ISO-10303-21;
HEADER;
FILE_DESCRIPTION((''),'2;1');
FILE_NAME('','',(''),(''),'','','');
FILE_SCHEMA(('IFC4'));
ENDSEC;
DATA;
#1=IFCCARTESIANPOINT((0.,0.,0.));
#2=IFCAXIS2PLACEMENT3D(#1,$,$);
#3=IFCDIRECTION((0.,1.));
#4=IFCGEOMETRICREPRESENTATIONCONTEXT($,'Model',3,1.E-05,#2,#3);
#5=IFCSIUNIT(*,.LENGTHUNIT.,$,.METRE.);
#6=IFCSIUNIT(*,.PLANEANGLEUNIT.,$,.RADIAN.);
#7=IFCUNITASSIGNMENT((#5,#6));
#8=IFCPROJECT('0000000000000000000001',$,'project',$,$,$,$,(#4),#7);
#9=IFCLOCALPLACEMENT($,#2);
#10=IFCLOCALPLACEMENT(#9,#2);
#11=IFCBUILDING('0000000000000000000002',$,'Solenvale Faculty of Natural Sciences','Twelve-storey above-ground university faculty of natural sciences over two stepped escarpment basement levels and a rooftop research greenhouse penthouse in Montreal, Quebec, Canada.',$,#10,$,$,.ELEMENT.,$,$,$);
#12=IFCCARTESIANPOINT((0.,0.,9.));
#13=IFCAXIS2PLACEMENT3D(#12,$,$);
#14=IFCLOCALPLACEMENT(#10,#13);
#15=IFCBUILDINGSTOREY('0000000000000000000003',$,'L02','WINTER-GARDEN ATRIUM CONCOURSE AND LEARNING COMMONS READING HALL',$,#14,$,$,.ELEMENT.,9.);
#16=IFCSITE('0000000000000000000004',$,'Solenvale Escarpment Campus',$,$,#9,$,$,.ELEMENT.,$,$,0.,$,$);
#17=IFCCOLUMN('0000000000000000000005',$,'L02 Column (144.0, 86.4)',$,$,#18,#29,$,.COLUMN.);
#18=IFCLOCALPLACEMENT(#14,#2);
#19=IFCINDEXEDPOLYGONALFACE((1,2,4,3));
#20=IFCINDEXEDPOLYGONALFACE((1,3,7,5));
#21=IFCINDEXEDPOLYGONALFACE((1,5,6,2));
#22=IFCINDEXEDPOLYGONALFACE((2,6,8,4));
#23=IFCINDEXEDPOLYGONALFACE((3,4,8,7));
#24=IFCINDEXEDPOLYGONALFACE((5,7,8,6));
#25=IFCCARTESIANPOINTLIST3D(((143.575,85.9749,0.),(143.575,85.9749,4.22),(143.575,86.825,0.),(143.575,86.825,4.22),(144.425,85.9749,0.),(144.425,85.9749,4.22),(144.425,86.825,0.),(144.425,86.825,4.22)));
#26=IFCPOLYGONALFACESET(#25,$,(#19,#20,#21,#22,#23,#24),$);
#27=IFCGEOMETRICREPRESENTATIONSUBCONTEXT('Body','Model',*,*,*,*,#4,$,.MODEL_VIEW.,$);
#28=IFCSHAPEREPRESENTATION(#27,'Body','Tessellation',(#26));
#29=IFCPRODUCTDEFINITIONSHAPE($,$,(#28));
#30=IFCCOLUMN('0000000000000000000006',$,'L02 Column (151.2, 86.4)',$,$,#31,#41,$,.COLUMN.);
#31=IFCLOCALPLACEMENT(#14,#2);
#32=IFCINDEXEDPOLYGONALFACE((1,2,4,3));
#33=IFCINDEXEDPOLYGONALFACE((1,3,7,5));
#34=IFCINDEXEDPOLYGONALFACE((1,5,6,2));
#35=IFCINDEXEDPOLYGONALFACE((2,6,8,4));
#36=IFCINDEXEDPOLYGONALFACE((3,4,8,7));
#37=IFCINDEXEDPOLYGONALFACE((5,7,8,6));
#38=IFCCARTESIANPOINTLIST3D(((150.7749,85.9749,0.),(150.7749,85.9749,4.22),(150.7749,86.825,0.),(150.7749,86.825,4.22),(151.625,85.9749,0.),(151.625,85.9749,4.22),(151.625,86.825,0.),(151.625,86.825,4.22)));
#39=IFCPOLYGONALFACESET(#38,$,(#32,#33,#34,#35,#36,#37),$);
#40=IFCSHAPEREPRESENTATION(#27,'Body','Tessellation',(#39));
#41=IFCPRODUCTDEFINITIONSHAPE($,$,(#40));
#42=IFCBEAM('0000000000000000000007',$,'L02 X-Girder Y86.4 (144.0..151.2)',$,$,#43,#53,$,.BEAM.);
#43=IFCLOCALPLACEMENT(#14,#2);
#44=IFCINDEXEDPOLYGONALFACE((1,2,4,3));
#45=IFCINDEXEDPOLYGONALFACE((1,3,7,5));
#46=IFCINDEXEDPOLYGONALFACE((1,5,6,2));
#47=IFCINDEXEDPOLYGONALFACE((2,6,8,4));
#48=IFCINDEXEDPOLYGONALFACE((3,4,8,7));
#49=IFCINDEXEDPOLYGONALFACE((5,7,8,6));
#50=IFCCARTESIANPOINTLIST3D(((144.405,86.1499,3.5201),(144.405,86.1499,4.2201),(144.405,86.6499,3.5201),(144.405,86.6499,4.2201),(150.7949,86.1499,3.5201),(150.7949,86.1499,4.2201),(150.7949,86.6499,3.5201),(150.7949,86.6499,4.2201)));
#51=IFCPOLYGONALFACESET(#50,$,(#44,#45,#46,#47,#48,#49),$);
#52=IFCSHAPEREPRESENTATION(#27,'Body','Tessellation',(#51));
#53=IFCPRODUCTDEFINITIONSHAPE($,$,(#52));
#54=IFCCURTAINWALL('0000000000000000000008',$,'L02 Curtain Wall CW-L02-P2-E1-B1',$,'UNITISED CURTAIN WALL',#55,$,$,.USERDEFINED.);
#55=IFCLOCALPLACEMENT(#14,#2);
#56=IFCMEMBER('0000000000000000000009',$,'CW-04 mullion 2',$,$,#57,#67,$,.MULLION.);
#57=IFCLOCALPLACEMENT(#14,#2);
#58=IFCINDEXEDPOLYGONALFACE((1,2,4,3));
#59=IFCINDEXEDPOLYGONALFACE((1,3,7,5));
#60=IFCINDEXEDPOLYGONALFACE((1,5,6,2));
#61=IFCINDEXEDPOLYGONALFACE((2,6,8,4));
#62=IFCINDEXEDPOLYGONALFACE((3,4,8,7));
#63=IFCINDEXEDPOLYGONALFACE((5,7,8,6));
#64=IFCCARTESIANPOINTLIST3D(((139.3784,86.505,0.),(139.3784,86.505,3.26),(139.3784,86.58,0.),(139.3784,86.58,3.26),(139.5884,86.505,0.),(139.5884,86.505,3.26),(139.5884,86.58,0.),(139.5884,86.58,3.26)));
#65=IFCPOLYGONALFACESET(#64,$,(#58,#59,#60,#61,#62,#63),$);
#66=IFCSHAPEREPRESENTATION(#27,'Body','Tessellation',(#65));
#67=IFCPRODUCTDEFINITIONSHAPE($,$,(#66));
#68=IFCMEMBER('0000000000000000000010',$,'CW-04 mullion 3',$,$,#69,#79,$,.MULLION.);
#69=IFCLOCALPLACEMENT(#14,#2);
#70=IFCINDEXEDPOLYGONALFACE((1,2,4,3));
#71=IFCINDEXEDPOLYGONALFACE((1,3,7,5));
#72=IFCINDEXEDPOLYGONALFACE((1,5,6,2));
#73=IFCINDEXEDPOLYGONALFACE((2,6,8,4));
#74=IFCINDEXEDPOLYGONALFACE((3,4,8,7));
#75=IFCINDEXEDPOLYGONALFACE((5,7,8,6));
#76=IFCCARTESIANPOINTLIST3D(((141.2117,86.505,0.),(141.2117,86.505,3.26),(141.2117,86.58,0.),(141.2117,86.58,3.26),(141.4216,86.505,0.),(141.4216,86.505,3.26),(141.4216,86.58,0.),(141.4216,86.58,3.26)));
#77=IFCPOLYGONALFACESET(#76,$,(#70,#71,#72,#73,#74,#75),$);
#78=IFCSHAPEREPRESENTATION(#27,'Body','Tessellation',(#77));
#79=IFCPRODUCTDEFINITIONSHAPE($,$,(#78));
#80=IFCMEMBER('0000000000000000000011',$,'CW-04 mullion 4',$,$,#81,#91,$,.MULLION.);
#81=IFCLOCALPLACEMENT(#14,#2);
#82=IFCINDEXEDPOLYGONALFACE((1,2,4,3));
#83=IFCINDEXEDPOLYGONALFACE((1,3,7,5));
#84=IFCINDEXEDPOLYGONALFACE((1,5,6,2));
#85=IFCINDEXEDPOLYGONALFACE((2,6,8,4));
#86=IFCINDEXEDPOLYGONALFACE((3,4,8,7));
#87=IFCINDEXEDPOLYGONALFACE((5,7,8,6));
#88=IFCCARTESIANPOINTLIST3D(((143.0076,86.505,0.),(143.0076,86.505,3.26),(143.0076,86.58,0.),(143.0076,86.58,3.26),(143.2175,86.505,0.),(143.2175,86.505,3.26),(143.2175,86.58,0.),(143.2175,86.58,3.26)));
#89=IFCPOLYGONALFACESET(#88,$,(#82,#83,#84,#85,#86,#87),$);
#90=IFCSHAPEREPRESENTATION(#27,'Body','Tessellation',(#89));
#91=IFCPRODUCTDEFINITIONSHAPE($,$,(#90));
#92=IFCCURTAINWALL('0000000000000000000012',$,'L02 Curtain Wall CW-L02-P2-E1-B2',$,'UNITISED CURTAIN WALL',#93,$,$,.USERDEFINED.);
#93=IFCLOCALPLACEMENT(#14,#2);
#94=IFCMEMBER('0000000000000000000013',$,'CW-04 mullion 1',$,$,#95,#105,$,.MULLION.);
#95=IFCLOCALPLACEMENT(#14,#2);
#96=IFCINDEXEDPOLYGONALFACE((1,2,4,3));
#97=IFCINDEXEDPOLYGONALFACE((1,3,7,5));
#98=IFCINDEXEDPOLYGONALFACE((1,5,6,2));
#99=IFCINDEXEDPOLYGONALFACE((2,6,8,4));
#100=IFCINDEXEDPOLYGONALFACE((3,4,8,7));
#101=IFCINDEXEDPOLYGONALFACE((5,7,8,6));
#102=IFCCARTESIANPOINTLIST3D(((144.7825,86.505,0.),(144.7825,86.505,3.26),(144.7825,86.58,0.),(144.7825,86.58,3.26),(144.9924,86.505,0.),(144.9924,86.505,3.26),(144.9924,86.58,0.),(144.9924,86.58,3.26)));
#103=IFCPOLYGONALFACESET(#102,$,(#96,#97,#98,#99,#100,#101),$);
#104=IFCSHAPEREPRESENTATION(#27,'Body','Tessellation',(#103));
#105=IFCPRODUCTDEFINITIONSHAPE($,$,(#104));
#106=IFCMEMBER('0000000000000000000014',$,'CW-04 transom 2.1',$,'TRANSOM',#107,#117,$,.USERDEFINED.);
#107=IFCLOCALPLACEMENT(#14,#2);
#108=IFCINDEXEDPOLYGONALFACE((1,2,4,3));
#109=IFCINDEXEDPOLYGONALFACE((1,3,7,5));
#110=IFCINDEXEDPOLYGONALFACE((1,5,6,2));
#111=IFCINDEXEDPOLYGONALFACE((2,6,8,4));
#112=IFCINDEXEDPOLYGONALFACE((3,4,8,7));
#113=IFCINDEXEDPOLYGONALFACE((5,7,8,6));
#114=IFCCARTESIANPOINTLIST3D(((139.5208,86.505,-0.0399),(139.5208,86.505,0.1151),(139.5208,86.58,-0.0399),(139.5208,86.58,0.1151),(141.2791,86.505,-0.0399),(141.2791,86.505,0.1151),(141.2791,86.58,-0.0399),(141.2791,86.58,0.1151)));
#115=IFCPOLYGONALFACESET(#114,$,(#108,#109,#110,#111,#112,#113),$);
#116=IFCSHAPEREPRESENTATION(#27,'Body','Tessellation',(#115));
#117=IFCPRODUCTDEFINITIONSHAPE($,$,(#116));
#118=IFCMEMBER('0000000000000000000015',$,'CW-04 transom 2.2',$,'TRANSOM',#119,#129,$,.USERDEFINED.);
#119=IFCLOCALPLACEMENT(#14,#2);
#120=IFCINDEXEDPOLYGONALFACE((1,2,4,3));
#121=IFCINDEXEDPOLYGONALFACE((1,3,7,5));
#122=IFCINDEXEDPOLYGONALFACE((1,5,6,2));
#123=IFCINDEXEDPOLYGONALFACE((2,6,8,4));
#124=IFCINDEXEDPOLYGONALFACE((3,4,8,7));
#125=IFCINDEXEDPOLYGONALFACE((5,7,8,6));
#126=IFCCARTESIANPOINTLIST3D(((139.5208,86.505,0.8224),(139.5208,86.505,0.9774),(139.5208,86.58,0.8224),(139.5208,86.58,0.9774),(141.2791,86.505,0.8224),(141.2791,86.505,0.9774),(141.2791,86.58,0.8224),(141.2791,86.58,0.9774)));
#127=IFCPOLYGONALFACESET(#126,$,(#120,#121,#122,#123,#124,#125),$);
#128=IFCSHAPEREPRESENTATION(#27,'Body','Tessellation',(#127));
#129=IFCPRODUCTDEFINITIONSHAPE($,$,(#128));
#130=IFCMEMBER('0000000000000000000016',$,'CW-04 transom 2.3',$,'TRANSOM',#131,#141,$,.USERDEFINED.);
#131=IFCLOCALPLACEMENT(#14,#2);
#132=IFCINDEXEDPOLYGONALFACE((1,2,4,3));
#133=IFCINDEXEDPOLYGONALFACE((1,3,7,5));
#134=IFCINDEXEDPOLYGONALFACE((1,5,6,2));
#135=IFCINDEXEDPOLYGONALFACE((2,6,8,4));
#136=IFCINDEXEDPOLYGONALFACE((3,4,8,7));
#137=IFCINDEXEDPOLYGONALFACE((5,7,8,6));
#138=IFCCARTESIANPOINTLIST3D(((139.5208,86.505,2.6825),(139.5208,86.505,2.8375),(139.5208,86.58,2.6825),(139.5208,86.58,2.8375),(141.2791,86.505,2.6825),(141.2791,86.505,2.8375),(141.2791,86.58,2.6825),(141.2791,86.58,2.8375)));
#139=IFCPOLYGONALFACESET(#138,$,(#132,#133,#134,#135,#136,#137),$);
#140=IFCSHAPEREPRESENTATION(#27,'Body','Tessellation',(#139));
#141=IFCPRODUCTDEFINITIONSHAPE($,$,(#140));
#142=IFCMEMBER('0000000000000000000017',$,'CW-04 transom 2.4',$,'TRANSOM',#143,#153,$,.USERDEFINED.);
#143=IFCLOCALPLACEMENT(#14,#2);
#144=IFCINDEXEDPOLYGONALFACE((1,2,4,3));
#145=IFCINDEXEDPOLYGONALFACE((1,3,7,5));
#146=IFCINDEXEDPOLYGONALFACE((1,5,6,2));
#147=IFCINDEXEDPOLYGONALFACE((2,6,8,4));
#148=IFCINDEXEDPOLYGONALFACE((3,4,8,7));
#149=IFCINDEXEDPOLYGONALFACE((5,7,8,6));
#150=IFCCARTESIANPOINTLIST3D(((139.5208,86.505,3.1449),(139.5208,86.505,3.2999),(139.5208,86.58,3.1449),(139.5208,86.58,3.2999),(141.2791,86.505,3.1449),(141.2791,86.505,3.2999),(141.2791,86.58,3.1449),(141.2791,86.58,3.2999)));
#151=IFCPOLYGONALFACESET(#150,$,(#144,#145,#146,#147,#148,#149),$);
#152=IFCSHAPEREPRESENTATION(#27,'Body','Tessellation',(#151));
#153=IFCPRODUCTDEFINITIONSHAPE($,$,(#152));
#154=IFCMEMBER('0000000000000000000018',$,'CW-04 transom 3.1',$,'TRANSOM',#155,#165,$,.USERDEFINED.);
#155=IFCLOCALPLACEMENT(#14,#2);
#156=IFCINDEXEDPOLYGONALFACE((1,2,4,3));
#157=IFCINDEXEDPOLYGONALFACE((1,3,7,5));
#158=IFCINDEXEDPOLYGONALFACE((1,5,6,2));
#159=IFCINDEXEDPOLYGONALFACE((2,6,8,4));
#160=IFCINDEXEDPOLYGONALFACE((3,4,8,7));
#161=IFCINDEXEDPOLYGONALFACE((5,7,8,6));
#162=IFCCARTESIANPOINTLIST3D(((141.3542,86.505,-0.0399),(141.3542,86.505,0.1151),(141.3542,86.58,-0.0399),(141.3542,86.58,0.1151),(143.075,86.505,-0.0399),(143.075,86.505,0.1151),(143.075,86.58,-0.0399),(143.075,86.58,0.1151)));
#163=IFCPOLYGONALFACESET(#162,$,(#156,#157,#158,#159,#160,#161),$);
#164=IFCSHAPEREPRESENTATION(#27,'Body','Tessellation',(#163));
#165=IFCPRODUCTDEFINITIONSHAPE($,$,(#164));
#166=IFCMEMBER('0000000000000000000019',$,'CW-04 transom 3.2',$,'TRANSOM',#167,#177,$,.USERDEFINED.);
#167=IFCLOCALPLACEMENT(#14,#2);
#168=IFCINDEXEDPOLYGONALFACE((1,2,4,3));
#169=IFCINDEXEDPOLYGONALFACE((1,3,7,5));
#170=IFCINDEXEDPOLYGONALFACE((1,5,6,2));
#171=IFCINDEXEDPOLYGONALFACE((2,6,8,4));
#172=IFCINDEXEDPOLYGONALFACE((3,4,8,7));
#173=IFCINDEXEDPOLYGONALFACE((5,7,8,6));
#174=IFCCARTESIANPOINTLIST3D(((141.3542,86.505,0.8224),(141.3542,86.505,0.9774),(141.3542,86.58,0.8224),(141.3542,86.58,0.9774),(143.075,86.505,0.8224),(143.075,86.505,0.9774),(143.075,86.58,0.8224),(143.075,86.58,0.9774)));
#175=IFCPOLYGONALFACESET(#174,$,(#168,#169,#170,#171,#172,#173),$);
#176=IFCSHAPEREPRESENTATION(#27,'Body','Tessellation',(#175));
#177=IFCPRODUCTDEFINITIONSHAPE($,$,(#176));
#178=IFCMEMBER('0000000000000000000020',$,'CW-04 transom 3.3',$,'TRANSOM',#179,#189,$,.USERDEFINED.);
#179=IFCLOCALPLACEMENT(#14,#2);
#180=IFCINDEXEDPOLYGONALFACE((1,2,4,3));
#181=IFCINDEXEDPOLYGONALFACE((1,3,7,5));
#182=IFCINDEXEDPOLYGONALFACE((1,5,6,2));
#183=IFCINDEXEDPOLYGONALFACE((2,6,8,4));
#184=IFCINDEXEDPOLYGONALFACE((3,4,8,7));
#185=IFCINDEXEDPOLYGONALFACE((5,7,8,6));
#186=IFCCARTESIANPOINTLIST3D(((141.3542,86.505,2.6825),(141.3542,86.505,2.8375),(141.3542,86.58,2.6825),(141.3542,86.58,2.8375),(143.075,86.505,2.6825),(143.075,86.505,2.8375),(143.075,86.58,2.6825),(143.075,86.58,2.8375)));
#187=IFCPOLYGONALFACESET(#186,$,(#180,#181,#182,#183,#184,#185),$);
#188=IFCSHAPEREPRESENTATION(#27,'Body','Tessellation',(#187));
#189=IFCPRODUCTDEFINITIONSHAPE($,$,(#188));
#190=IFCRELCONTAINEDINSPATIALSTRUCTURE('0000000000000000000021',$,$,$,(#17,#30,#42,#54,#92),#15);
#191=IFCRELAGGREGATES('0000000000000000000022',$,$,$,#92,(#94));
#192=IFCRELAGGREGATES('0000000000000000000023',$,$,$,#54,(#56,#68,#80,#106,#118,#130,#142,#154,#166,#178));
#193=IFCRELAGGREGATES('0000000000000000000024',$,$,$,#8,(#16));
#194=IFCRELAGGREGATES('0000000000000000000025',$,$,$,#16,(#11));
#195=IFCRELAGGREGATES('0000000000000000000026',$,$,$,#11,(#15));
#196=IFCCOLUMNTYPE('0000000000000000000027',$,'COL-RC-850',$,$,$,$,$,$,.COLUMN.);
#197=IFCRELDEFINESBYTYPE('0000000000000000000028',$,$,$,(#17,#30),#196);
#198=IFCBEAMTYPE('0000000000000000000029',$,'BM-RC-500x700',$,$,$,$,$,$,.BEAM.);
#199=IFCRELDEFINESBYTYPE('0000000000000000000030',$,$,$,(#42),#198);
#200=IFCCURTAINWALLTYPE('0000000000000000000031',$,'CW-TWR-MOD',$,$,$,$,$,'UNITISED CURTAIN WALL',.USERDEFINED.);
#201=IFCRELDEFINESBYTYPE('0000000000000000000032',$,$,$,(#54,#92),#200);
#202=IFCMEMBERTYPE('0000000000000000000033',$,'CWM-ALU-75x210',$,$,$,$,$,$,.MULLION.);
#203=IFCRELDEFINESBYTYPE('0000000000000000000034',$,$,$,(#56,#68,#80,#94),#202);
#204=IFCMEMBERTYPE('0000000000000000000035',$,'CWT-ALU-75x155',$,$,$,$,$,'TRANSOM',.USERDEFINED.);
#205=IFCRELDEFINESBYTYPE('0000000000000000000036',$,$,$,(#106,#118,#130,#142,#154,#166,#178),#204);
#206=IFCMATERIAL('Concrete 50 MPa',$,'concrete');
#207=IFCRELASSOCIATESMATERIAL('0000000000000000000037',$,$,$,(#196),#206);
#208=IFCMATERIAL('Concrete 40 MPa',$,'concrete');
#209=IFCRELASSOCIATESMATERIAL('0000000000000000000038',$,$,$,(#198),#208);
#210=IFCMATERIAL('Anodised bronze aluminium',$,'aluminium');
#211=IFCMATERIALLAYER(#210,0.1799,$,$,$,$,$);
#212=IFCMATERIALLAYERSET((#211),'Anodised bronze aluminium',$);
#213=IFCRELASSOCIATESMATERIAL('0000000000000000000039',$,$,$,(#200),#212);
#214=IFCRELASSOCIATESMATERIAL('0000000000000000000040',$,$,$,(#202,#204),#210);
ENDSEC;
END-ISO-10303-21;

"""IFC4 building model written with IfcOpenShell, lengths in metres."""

from ifc_helpers import new_model, si_unit, direction, frame, origin, origin_2d, place, context, subcontext, project, spatial, rectangle, extrude, material, layer, layer_set, material_profile, profile_set, type_object, element, aggregate, save


model = new_model("IFC4")

# Units and contexts
model_context = context("Model", 3, precision=1e-05, world=origin(), true_north=direction((0.0, 1.0)))
body_context = subcontext(model_context, "Body", "Model", "MODEL_VIEW")
ifc_project = project(units=[si_unit("LENGTHUNIT", "METRE"), si_unit("PLANEANGLEUNIT", "RADIAN")], contexts=[model_context])

# Site, building, storey
site_placement = place(None, origin())
site = spatial("IfcSite", under=ifc_project, at=site_placement, Name="Solenvale Escarpment Campus", CompositionType="ELEMENT", RefElevation=0.0)
building_placement = place(site_placement, origin())
building = spatial("IfcBuilding", under=site, at=building_placement, Name="Solenvale Faculty of Natural Sciences", Description="Twelve-storey above-ground university faculty of natural sciences over two stepped escarpment basement levels and a rooftop research greenhouse penthouse in Montreal, Quebec, Canada.", CompositionType="ELEMENT")
storey_placement = place(building_placement, frame((0.0, 0.0, 9.0)))
storey = spatial("IfcBuildingStorey", under=building, at=storey_placement, Name="L02", Description="WINTER-GARDEN ATRIUM CONCOURSE AND LEARNING COMMONS READING HALL", CompositionType="ELEMENT", Elevation=9.0)

# Columns
ifc_material_1 = material(Name="Concrete 50 MPa", Category="concrete")
ifc_material_profile_1 = material_profile(ifc_material_1, rectangle(XDim=0.8501, YDim=0.8501, at=origin_2d()), Name="RC-COL-850x850")
ifc_profile_set_1 = profile_set([ifc_material_profile_1], Name="Concrete 50 MPa")
column_type = type_object("IfcColumnType", Name="COL-RC-850", PredefinedType="COLUMN", material=ifc_profile_set_1)
for number, where, z_axis, x_axis, name in (
    (1, (144.0, 86.3999, 0.0), (0.0, 0.0, 1.0), (1.0, 0.0, 0.0), "L02 Column (144.0, 86.4)"),
    (2, (151.2, 86.3999, 0.0), (0.0, 0.0, 1.0), (1.0, 0.0, 0.0), "L02 Column (151.2, 86.4)"),
):
    element("IfcColumn", number, at=place(storey_placement, frame(where, z_axis=z_axis, x_axis=x_axis)), inside=storey, type_object=column_type, Name=name, PredefinedType="COLUMN", context=body_context, shape_type="SweptSolid", body=[
        extrude(rectangle(XDim=0.8501, YDim=0.8501, at=origin_2d()), origin(), (0.0, 0.0, 1.0), 4.22),
    ])

# Beam
ifc_material_2 = material(Name="Concrete 40 MPa", Category="concrete")
ifc_material_profile_2 = material_profile(ifc_material_2, rectangle(XDim=0.5, YDim=0.7, at=origin_2d()), Name="RC-BM-500x700")
ifc_profile_set_2 = profile_set([ifc_material_profile_2], Name="Concrete 40 MPa")
beam_type = type_object("IfcBeamType", Name="BM-RC-500x700", PredefinedType="BEAM", material=ifc_profile_set_2)
beam_placement = place(storey_placement, frame((144.405, 86.3999, 3.8701), z_axis=(1.0, 0.0, 0.0), x_axis=(0.0, 1.0, 0.0)))
element("IfcBeam", 3, at=beam_placement, inside=storey, type_object=beam_type, Name="L02 X-Girder Y86.4 (144.0..151.2)", PredefinedType="BEAM", context=body_context, shape_type="SweptSolid", body=[
    extrude(rectangle(XDim=0.5, YDim=0.7, at=origin_2d()), origin(), (0.0, 0.0, 1.0), 6.3899),
])

# Curtain wall, members
ifc_material_3 = material(Name="Anodised bronze aluminium", Category="aluminium")
ifc_layer_1 = layer(ifc_material_3, 0.1799)
ifc_layer_set_1 = layer_set([ifc_layer_1], Name="Anodised bronze aluminium")
curtain_wall_type = type_object("IfcCurtainWallType", Name="CW-TWR-MOD", ElementType="UNITISED CURTAIN WALL", PredefinedType="USERDEFINED", material=ifc_layer_set_1)
curtain_wall_1_placement = place(storey_placement, origin())
curtain_wall_1 = element("IfcCurtainWall", 4, at=curtain_wall_1_placement, inside=storey, type_object=curtain_wall_type, Name="L02 Curtain Wall CW-L02-P2-E1-B1", ObjectType="UNITISED CURTAIN WALL", PredefinedType="USERDEFINED")
ifc_material_profile_3 = material_profile(ifc_material_3, rectangle(XDim=0.075, YDim=0.21, at=origin_2d()), Name="ALU-MUL-75x210")
ifc_profile_set_3 = profile_set([ifc_material_profile_3], Name="Anodised bronze aluminium")
member_type_1 = type_object("IfcMemberType", Name="CWM-ALU-75x210", PredefinedType="MULLION", material=ifc_profile_set_3)
member_1_placement = place(storey_placement, frame((139.4834, 86.5425, 0.0), z_axis=(0.0, 0.0, 1.0), x_axis=(0.0, 1.0, 0.0)))
member_1 = element("IfcMember", 5, at=member_1_placement, type_object=member_type_1, Name="CW-04 mullion 2", PredefinedType="MULLION", context=body_context, shape_type="SweptSolid", body=[
    extrude(rectangle(XDim=0.075, YDim=0.21, at=origin_2d()), origin(), (0.0, 0.0, 1.0), 3.26),
])
member_2_placement = place(storey_placement, frame((141.3167, 86.5425, 0.0), z_axis=(0.0, 0.0, 1.0), x_axis=(0.0, 1.0, 0.0)))
member_2 = element("IfcMember", 6, at=member_2_placement, type_object=member_type_1, Name="CW-04 mullion 3", PredefinedType="MULLION", context=body_context, shape_type="SweptSolid", body=[
    extrude(rectangle(XDim=0.075, YDim=0.21, at=origin_2d()), origin(), (0.0, 0.0, 1.0), 3.26),
])
member_3_placement = place(storey_placement, frame((143.1125, 86.5425, 0.0), z_axis=(0.0, 0.0, 1.0), x_axis=(0.0, 1.0, 0.0)))
member_3 = element("IfcMember", 7, at=member_3_placement, type_object=member_type_1, Name="CW-04 mullion 4", PredefinedType="MULLION", context=body_context, shape_type="SweptSolid", body=[
    extrude(rectangle(XDim=0.075, YDim=0.21, at=origin_2d()), origin(), (0.0, 0.0, 1.0), 3.26),
])

# Curtain wall, member
curtain_wall_2_placement = place(storey_placement, origin())
curtain_wall_2 = element("IfcCurtainWall", 8, at=curtain_wall_2_placement, inside=storey, type_object=curtain_wall_type, Name="L02 Curtain Wall CW-L02-P2-E1-B2", ObjectType="UNITISED CURTAIN WALL", PredefinedType="USERDEFINED")
member_4_placement = place(storey_placement, frame((144.8875, 86.5425, 0.0), z_axis=(0.0, 0.0, 1.0), x_axis=(0.0, 1.0, 0.0)))
member_4 = element("IfcMember", 9, at=member_4_placement, type_object=member_type_1, Name="CW-04 mullion 1", PredefinedType="MULLION", context=body_context, shape_type="SweptSolid", body=[
    extrude(rectangle(XDim=0.075, YDim=0.21, at=origin_2d()), origin(), (0.0, 0.0, 1.0), 3.26),
])

# Members
ifc_material_profile_4 = material_profile(ifc_material_3, rectangle(XDim=0.075, YDim=0.155, at=origin_2d()), Name="ALU-TRN-75x155")
ifc_profile_set_4 = profile_set([ifc_material_profile_4], Name="Anodised bronze aluminium")
member_type_2 = type_object("IfcMemberType", Name="CWT-ALU-75x155", ElementType="TRANSOM", PredefinedType="USERDEFINED", material=ifc_profile_set_4)
member_5_placement = place(storey_placement, frame((139.5208, 86.5425, 0.0376), z_axis=(1.0, 0.0, 0.0), x_axis=(0.0, 1.0, 0.0)))
member_5 = element("IfcMember", 10, at=member_5_placement, type_object=member_type_2, Name="CW-04 transom 2.1", ObjectType="TRANSOM", PredefinedType="USERDEFINED", context=body_context, shape_type="SweptSolid", body=[
    extrude(rectangle(XDim=0.075, YDim=0.155, at=origin_2d()), origin(), (0.0, 0.0, 1.0), 1.7583),
])
member_6_placement = place(storey_placement, frame((139.5208, 86.5425, 0.8999), z_axis=(1.0, 0.0, 0.0), x_axis=(0.0, 1.0, 0.0)))
member_6 = element("IfcMember", 11, at=member_6_placement, type_object=member_type_2, Name="CW-04 transom 2.2", ObjectType="TRANSOM", PredefinedType="USERDEFINED", context=body_context, shape_type="SweptSolid", body=[
    extrude(rectangle(XDim=0.075, YDim=0.155, at=origin_2d()), origin(), (0.0, 0.0, 1.0), 1.7583),
])
member_7_placement = place(storey_placement, frame((139.5208, 86.5425, 2.76), z_axis=(1.0, 0.0, 0.0), x_axis=(0.0, 1.0, 0.0)))
member_7 = element("IfcMember", 12, at=member_7_placement, type_object=member_type_2, Name="CW-04 transom 2.3", ObjectType="TRANSOM", PredefinedType="USERDEFINED", context=body_context, shape_type="SweptSolid", body=[
    extrude(rectangle(XDim=0.075, YDim=0.155, at=origin_2d()), origin(), (0.0, 0.0, 1.0), 1.7583),
])
member_8_placement = place(storey_placement, frame((139.5208, 86.5425, 3.2224), z_axis=(1.0, 0.0, 0.0), x_axis=(0.0, 1.0, 0.0)))
member_8 = element("IfcMember", 13, at=member_8_placement, type_object=member_type_2, Name="CW-04 transom 2.4", ObjectType="TRANSOM", PredefinedType="USERDEFINED", context=body_context, shape_type="SweptSolid", body=[
    extrude(rectangle(XDim=0.075, YDim=0.155, at=origin_2d()), origin(), (0.0, 0.0, 1.0), 1.7583),
])
member_9_placement = place(storey_placement, frame((141.3542, 86.5425, 0.0376), z_axis=(1.0, 0.0, 0.0), x_axis=(0.0, 1.0, 0.0)))
member_9 = element("IfcMember", 14, at=member_9_placement, type_object=member_type_2, Name="CW-04 transom 3.1", ObjectType="TRANSOM", PredefinedType="USERDEFINED", context=body_context, shape_type="SweptSolid", body=[
    extrude(rectangle(XDim=0.075, YDim=0.155, at=origin_2d()), origin(), (0.0, 0.0, 1.0), 1.7207),
])
member_10_placement = place(storey_placement, frame((141.3542, 86.5425, 0.8999), z_axis=(1.0, 0.0, 0.0), x_axis=(0.0, 1.0, 0.0)))
member_10 = element("IfcMember", 15, at=member_10_placement, type_object=member_type_2, Name="CW-04 transom 3.2", ObjectType="TRANSOM", PredefinedType="USERDEFINED", context=body_context, shape_type="SweptSolid", body=[
    extrude(rectangle(XDim=0.075, YDim=0.155, at=origin_2d()), origin(), (0.0, 0.0, 1.0), 1.7207),
])
member_11_placement = place(storey_placement, frame((141.3542, 86.5425, 2.76), z_axis=(1.0, 0.0, 0.0), x_axis=(0.0, 1.0, 0.0)))
member_11 = element("IfcMember", 16, at=member_11_placement, type_object=member_type_2, Name="CW-04 transom 3.3", ObjectType="TRANSOM", PredefinedType="USERDEFINED", context=body_context, shape_type="SweptSolid", body=[
    extrude(rectangle(XDim=0.075, YDim=0.155, at=origin_2d()), origin(), (0.0, 0.0, 1.0), 1.7207),
])
aggregate(curtain_wall_2, [member_4])

aggregate(curtain_wall_1, [member_1, member_2, member_3, member_5, member_6, member_7, member_8, member_9, member_10, member_11])

save(model, "model.ifc")
